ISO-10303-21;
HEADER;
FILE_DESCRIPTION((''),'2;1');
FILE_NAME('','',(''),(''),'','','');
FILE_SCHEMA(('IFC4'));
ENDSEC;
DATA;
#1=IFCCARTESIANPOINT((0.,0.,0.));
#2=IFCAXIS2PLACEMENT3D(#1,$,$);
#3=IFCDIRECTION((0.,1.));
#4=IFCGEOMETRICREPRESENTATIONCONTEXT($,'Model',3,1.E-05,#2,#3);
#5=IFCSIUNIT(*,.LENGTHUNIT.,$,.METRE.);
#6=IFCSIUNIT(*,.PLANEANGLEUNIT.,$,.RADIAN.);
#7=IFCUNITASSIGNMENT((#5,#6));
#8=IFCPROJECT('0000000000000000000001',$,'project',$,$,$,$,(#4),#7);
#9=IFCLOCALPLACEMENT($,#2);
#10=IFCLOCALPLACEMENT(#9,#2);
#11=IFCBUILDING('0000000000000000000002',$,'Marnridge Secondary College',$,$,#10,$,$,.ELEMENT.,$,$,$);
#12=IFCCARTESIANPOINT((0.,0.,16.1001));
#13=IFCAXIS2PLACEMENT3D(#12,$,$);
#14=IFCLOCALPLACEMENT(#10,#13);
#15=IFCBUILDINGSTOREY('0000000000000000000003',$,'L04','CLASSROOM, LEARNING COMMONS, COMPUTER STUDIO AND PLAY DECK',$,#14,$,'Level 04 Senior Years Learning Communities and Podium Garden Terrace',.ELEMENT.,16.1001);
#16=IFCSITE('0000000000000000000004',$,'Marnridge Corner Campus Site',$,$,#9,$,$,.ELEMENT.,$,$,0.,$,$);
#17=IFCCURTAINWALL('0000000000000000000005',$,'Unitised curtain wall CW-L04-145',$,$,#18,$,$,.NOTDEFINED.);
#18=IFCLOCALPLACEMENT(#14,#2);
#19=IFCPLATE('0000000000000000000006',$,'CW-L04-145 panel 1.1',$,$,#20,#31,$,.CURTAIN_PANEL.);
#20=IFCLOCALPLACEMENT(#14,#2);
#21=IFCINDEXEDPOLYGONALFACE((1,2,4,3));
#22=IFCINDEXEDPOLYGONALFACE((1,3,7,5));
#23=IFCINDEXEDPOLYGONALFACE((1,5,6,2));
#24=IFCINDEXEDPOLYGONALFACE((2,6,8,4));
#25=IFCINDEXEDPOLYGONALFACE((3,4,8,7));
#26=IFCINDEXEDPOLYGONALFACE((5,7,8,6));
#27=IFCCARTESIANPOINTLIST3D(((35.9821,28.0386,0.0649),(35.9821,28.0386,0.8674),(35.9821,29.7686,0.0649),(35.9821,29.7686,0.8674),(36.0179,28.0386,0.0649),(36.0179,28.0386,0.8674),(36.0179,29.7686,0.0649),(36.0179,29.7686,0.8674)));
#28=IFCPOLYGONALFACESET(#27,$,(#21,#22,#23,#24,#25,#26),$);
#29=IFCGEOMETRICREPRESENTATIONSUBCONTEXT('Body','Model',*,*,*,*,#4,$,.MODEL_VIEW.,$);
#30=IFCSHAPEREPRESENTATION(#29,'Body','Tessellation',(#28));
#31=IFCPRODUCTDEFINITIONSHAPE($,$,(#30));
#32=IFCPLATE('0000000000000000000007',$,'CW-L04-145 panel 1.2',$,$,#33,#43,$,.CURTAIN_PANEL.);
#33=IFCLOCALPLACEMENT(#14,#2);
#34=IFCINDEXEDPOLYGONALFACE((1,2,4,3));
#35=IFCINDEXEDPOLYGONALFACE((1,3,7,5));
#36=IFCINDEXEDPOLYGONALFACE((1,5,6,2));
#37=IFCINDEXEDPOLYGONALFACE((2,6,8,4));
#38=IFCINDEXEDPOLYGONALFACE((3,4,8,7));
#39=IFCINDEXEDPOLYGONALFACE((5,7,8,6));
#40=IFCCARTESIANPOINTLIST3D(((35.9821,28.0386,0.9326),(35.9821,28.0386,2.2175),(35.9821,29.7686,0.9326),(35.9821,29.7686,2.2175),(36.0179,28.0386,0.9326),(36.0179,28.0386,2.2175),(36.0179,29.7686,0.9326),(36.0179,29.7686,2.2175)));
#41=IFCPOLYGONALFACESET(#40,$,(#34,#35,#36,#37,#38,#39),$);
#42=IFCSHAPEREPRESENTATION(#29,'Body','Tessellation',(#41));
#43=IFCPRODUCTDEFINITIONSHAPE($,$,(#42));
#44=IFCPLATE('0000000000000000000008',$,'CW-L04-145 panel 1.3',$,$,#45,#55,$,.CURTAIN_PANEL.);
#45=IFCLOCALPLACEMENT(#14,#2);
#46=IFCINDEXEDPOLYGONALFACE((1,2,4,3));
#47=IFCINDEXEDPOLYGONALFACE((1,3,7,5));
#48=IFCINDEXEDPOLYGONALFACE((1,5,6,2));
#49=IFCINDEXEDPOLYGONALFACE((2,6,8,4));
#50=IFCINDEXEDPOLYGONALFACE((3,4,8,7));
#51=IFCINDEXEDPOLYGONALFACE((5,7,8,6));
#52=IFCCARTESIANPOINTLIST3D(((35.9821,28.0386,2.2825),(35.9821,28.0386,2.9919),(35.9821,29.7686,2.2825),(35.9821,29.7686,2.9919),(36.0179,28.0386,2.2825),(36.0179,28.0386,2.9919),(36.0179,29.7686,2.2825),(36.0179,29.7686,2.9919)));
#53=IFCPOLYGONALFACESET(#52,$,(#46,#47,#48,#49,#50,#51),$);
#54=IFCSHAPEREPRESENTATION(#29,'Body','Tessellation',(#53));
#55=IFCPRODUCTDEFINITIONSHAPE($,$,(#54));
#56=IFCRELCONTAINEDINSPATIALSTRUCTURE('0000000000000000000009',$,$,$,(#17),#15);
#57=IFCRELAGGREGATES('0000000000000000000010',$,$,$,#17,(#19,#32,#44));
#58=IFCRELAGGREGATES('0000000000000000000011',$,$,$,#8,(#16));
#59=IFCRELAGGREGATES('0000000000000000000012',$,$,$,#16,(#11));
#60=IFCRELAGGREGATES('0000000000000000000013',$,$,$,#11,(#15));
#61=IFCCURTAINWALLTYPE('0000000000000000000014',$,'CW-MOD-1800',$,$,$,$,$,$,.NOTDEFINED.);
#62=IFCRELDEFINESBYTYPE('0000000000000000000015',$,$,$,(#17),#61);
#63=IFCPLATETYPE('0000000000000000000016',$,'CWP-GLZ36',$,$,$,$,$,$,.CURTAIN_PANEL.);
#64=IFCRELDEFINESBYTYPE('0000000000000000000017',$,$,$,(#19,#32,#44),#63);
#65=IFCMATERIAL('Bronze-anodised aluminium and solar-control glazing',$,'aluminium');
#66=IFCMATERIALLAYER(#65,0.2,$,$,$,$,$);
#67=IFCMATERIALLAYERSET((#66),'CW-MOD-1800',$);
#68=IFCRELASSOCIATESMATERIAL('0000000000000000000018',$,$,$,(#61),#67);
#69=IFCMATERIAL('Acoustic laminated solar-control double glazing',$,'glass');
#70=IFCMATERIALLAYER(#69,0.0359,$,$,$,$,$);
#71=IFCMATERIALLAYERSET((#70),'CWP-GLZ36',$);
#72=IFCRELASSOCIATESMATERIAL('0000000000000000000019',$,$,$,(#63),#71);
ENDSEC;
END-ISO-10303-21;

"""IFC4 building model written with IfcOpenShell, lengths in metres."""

from ifc_helpers import new_model, si_unit, direction, frame, origin, origin_2d, place, context, subcontext, project, spatial, rectangle, extrude, material, layer, layer_set, type_object, element, aggregate, save


model = new_model("IFC4")

# Units and contexts
model_context = context("Model", 3, precision=1e-05, world=origin(), true_north=direction((0.0, 1.0)))
body_context = subcontext(model_context, "Body", "Model", "MODEL_VIEW")
ifc_project = project(units=[si_unit("LENGTHUNIT", "METRE"), si_unit("PLANEANGLEUNIT", "RADIAN")], contexts=[model_context])

# Site, building, storey
site_placement = place(None, origin())
site = spatial("IfcSite", under=ifc_project, at=site_placement, Name="Marnridge Corner Campus Site", CompositionType="ELEMENT", RefElevation=0.0)
building_placement = place(site_placement, origin())
building = spatial("IfcBuilding", under=site, at=building_placement, Name="Marnridge Secondary College", CompositionType="ELEMENT")
storey_placement = place(building_placement, frame((0.0, 0.0, 16.1001)))
storey = spatial("IfcBuildingStorey", under=building, at=storey_placement, Name="L04", Description="CLASSROOM, LEARNING COMMONS, COMPUTER STUDIO AND PLAY DECK", LongName="Level 04 Senior Years Learning Communities and Podium Garden Terrace", CompositionType="ELEMENT", Elevation=16.1001)

# Curtain wall
ifc_material_1 = material(Name="Bronze-anodised aluminium and solar-control glazing", Category="aluminium")
ifc_layer_1 = layer(ifc_material_1, 0.2)
ifc_layer_set_1 = layer_set([ifc_layer_1], Name="CW-MOD-1800")
curtain_wall_type_1 = type_object("IfcCurtainWallType", Name="CW-MOD-1800", PredefinedType="NOTDEFINED", material=ifc_layer_set_1)
curtain_wall_1_placement = place(storey_placement, origin())
curtain_wall_1 = element("IfcCurtainWall", 1, at=curtain_wall_1_placement, inside=storey, type_object=curtain_wall_type_1, Name="Unitised curtain wall CW-L04-145", PredefinedType="NOTDEFINED")

# Plates
ifc_material_2 = material(Name="Acoustic laminated solar-control double glazing", Category="glass")
ifc_layer_2 = layer(ifc_material_2, 0.0359)
ifc_layer_set_2 = layer_set([ifc_layer_2], Name="CWP-GLZ36")
plate_type_1 = type_object("IfcPlateType", Name="CWP-GLZ36", PredefinedType="CURTAIN_PANEL", material=ifc_layer_set_2)
plate_1_placement = place(storey_placement, frame((36.0, 28.9036, 0.0649), z_axis=(0.0, 0.0, 1.0), x_axis=(0.0, -1.0, 0.0)))
plate_1 = element("IfcPlate", 2, at=plate_1_placement, type_object=plate_type_1, Name="CW-L04-145 panel 1.1", PredefinedType="CURTAIN_PANEL", context=body_context, shape_type="SweptSolid", body=[
    extrude(rectangle(XDim=1.73, YDim=0.0359, at=origin_2d()), origin(), (0.0, 0.0, 1.0), 0.8025),
])
plate_2_placement = place(storey_placement, frame((36.0, 28.9036, 0.9326), z_axis=(0.0, 0.0, 1.0), x_axis=(0.0, -1.0, 0.0)))
plate_2 = element("IfcPlate", 3, at=plate_2_placement, type_object=plate_type_1, Name="CW-L04-145 panel 1.2", PredefinedType="CURTAIN_PANEL", context=body_context, shape_type="SweptSolid", body=[
    extrude(rectangle(XDim=1.73, YDim=0.0359, at=origin_2d()), origin(), (0.0, 0.0, 1.0), 1.2849),
])
plate_3_placement = place(storey_placement, frame((36.0, 28.9036, 2.2825), z_axis=(0.0, 0.0, 1.0), x_axis=(0.0, -1.0, 0.0)))
plate_3 = element("IfcPlate", 4, at=plate_3_placement, type_object=plate_type_1, Name="CW-L04-145 panel 1.3", PredefinedType="CURTAIN_PANEL", context=body_context, shape_type="SweptSolid", body=[
    extrude(rectangle(XDim=1.73, YDim=0.0359, at=origin_2d()), origin(), (0.0, 0.0, 1.0), 0.7095),
])
aggregate(curtain_wall_1, [plate_1, plate_2, plate_3])

save(model, "model.ifc")
